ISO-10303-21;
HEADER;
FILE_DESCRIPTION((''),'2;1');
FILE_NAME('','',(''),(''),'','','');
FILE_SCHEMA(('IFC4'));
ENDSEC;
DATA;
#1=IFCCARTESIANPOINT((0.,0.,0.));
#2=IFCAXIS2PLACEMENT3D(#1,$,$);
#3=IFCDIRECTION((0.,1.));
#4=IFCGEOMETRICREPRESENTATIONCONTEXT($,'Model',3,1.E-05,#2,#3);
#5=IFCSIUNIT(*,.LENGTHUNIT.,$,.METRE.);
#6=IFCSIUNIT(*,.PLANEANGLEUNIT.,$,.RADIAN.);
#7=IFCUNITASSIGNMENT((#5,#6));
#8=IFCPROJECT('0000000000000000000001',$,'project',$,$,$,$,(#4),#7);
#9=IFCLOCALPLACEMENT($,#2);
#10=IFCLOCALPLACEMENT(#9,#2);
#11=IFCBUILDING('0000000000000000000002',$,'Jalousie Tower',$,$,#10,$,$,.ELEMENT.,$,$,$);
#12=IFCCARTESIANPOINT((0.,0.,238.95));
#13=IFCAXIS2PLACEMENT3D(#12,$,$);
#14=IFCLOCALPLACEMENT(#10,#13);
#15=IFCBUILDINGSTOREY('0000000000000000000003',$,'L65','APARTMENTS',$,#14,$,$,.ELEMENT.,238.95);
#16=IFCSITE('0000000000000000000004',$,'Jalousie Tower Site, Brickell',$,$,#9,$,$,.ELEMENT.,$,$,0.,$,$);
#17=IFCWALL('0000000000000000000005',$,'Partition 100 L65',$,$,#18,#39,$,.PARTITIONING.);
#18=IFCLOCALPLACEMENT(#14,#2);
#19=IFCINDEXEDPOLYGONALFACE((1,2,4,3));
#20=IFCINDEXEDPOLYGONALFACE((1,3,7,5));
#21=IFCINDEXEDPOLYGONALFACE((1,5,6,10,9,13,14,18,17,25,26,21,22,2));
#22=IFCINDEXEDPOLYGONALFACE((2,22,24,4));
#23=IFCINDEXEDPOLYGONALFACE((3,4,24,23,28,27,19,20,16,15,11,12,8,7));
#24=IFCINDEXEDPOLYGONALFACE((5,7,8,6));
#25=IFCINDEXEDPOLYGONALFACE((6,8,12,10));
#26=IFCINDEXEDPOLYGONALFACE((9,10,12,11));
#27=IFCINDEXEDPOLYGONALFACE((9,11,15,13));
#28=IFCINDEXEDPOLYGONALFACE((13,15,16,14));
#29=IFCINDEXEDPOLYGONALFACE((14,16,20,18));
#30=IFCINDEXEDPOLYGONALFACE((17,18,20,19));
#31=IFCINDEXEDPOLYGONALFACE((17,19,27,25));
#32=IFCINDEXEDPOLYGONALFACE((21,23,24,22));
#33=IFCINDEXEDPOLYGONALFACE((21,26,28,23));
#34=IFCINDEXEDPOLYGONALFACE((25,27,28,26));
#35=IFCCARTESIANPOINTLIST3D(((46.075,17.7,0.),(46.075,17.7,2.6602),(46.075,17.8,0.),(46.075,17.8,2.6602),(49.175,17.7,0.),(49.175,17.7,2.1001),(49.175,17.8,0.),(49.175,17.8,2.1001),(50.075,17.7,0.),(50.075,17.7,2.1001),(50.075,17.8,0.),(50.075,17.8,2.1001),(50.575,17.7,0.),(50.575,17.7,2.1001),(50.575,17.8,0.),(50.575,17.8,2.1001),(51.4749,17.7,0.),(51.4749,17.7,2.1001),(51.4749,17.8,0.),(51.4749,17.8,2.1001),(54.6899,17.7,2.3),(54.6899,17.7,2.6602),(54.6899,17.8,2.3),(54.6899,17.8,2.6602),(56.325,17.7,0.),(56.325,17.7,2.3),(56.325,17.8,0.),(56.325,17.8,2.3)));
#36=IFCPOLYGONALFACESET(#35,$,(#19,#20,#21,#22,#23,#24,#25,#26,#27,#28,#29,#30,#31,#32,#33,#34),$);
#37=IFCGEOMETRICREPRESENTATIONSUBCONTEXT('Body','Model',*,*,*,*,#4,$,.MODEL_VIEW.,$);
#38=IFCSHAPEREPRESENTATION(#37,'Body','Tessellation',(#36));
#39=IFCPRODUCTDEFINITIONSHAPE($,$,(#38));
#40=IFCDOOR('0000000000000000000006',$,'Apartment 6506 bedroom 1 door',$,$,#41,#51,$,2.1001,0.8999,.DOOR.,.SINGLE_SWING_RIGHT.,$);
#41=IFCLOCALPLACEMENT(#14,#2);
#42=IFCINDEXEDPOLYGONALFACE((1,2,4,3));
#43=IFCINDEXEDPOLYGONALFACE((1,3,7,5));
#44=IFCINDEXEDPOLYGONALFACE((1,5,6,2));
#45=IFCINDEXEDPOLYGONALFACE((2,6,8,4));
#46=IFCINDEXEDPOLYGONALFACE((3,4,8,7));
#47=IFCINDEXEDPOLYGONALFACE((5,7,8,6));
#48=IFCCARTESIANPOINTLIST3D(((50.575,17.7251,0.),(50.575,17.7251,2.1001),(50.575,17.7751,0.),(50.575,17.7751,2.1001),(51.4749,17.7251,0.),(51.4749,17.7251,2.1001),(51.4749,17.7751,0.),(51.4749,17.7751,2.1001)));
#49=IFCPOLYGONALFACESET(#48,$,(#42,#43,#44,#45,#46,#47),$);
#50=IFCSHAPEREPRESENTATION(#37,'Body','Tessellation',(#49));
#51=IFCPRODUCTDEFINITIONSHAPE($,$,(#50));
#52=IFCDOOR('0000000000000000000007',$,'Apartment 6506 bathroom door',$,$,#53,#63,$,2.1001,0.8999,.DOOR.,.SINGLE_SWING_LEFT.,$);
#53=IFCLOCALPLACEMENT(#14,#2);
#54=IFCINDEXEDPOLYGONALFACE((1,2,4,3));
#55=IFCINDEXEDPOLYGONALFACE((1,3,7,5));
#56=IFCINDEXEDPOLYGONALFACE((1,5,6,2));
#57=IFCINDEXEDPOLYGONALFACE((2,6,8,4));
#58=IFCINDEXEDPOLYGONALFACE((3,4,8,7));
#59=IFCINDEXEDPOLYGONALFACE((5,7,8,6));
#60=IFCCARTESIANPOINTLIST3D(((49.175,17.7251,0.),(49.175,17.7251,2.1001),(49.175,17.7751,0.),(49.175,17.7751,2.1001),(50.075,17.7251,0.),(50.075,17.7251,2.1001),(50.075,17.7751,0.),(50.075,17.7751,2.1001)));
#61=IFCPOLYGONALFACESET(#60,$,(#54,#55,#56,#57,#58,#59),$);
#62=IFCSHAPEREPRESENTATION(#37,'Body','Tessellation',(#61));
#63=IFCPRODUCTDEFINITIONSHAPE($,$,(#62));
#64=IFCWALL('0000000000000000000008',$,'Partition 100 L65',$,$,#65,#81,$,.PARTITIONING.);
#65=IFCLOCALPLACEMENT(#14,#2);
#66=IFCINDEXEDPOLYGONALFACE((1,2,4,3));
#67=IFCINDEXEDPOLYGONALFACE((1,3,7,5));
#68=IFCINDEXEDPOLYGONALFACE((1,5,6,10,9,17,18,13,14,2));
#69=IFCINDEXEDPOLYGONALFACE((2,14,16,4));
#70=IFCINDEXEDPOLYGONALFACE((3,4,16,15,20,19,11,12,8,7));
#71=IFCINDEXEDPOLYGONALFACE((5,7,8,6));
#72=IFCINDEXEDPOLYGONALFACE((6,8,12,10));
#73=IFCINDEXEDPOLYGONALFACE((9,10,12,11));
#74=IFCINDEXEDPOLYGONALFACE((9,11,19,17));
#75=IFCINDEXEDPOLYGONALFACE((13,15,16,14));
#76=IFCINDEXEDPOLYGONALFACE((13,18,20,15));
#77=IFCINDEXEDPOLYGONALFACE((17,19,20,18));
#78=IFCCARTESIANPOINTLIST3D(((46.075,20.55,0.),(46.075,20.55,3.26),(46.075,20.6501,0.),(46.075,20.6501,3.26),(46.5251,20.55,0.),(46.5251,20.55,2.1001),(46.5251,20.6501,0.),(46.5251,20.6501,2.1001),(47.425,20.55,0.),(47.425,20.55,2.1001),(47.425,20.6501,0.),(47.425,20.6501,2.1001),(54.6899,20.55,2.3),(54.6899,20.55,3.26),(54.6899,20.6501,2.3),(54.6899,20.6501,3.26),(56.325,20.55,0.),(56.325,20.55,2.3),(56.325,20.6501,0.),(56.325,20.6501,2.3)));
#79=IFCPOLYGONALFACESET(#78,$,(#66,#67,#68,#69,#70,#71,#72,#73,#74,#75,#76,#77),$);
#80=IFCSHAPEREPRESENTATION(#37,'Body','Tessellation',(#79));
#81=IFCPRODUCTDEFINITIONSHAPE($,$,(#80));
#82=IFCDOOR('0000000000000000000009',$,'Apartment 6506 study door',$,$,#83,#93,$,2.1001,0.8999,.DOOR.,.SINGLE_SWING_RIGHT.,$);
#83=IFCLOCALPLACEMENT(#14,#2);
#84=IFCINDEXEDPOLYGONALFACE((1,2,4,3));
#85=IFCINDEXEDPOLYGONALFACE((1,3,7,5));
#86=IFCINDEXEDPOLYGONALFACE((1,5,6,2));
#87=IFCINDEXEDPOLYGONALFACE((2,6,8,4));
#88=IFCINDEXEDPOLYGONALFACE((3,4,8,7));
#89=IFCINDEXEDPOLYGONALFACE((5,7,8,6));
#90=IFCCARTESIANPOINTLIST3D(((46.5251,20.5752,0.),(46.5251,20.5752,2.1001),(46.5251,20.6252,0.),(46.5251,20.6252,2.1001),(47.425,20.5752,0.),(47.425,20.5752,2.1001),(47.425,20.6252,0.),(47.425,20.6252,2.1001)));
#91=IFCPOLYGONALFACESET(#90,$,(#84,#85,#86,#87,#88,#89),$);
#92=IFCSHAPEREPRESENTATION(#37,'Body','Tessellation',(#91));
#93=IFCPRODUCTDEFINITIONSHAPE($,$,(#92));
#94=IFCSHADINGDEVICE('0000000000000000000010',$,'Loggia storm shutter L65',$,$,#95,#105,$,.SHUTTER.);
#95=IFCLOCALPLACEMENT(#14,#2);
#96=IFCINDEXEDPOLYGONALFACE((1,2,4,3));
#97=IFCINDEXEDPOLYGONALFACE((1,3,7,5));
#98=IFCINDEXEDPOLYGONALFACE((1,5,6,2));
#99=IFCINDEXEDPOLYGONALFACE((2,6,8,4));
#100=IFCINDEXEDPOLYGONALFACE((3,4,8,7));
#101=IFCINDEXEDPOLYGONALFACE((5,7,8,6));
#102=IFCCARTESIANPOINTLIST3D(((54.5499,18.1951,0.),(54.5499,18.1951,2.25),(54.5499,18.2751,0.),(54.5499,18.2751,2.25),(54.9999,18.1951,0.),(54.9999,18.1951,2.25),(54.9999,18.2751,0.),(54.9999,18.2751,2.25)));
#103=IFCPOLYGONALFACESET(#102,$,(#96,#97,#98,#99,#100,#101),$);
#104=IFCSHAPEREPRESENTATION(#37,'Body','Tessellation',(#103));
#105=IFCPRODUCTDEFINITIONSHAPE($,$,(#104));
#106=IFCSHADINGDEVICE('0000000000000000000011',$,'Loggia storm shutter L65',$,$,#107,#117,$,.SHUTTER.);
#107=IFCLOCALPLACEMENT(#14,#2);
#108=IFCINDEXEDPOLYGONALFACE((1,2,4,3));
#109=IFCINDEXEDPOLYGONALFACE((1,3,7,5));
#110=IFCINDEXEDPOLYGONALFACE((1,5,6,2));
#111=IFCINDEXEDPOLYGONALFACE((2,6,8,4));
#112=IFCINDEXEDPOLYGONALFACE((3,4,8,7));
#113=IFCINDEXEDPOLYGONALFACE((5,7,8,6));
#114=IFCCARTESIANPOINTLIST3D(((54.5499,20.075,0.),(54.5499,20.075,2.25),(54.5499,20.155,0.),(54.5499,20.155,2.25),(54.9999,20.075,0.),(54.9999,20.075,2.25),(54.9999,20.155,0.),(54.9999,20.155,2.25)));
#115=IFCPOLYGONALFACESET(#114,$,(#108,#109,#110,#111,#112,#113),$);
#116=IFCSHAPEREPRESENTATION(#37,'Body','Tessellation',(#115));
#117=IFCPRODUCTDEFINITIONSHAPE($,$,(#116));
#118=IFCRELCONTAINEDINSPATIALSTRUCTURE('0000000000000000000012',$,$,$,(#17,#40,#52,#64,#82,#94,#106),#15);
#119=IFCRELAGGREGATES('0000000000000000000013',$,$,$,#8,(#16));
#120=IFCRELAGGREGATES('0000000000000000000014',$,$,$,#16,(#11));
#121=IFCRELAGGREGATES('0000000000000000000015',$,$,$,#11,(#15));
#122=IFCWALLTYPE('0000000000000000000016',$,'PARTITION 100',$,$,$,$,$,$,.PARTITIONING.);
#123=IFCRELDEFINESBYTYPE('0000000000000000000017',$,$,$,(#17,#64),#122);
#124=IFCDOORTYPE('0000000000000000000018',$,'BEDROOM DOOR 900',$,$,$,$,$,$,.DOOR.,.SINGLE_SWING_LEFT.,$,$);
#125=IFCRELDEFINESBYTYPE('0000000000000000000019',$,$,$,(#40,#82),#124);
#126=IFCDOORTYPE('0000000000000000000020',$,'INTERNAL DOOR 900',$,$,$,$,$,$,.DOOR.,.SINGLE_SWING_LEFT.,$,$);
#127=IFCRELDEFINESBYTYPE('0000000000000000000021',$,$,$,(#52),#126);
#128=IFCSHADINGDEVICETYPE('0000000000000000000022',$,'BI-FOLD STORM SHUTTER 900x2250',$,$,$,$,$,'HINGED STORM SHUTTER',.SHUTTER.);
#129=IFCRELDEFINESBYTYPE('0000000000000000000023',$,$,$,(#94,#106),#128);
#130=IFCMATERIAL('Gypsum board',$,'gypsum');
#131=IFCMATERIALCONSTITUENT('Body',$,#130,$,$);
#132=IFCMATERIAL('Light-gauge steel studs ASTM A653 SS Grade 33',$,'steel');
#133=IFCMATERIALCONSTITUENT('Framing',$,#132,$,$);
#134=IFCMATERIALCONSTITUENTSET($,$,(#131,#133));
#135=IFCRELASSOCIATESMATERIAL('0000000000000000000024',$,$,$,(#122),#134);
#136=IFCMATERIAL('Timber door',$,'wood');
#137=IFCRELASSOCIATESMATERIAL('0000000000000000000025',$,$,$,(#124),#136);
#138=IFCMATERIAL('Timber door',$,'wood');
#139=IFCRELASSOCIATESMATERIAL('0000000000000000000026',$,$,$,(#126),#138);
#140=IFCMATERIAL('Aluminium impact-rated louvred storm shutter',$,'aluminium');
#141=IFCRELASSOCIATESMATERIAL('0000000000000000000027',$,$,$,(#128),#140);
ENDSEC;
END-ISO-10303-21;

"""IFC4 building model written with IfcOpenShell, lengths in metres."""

from ifc_helpers import new_model, si_unit, direction, frame, frame_2d, origin, origin_2d, place, context, subcontext, project, spatial, polyline, rectangle, outline, extrude, material, constituent, constituent_set, type_object, element, fill, save


model = new_model("IFC4")

# Units and contexts
model_context = context("Model", 3, precision=1e-05, world=origin(), true_north=direction((0.0, 1.0)))
body_context = subcontext(model_context, "Body", "Model", "MODEL_VIEW")
ifc_project = project(units=[si_unit("LENGTHUNIT", "METRE"), si_unit("PLANEANGLEUNIT", "RADIAN")], contexts=[model_context])

# Site, building, storey
site_placement = place(None, origin())
site = spatial("IfcSite", under=ifc_project, at=site_placement, Name="Jalousie Tower Site, Brickell", CompositionType="ELEMENT", RefElevation=0.0)
building_placement = place(site_placement, origin())
building = spatial("IfcBuilding", under=site, at=building_placement, Name="Jalousie Tower", CompositionType="ELEMENT")
storey_placement = place(building_placement, frame((0.0, 0.0, 238.95)))
storey = spatial("IfcBuildingStorey", under=building, at=storey_placement, Name="L65", Description="APARTMENTS", CompositionType="ELEMENT", Elevation=238.95)

# Wall, openings, doors
ifc_material_1 = material(Name="Gypsum board", Category="gypsum")
ifc_constituent_1 = constituent(ifc_material_1, Name="Body")
ifc_material_2 = material(Name="Light-gauge steel studs ASTM A653 SS Grade 33", Category="steel")
ifc_constituent_2 = constituent(ifc_material_2, Name="Framing")
ifc_constituent_set_1 = constituent_set(constituents=[ifc_constituent_1, ifc_constituent_2])
wall_type_1 = type_object("IfcWallType", Name="PARTITION 100", PredefinedType="PARTITIONING", material=ifc_constituent_set_1)
wall_1_placement = place(storey_placement, frame((56.325, 17.75, 0.0), z_axis=(0.0, 0.0, 1.0), x_axis=(-1.0, 0.0, 0.0)))
wall_1 = element("IfcWall", 1, at=wall_1_placement, inside=storey, type_object=wall_type_1, Name="Partition 100 L65", PredefinedType="PARTITIONING", context=body_context, shape_type="SweptSolid", body=[
    extrude(outline(polyline([(0.0, 0.0), (10.25, 0.0), (10.25, 3.26), (10.25, 2.6602), (1.635, 2.6602), (1.635, 2.3), (0.0, 2.3), (0.0, 3.26), (0.0, 0.0)])), frame((0.0, 0.05, 0.0), z_axis=(0.0, -1.0, 0.0), x_axis=(1.0, 0.0, 0.0)), (0.0, 0.0, 1.0), 0.1001),
])
opening_1_placement = place(wall_1_placement, frame((4.8501, 0.0, 0.0)))
opening_1 = element("IfcOpeningElement", 2, at=opening_1_placement, cuts=wall_1, PredefinedType="OPENING", context=body_context, shape_type="SweptSolid", body=[
    extrude(rectangle(XDim=0.8999, YDim=2.1001, at=frame_2d((0.45, 1.05))), frame((0.0, 0.0601, 0.0), z_axis=(0.0, -1.0, 0.0), x_axis=(1.0, 0.0, 0.0)), (0.0, 0.0, 1.0), 0.1201),
])
opening_2_placement = place(wall_1_placement, frame((6.25, 0.0, 0.0)))
opening_2 = element("IfcOpeningElement", 3, at=opening_2_placement, cuts=wall_1, PredefinedType="OPENING", context=body_context, shape_type="SweptSolid", body=[
    extrude(rectangle(XDim=0.8999, YDim=2.1001, at=frame_2d((0.45, 1.05))), frame((0.0, 0.0601, 0.0), z_axis=(0.0, -1.0, 0.0), x_axis=(1.0, 0.0, 0.0)), (0.0, 0.0, 1.0), 0.1201),
])
ifc_material_3 = material(Name="Timber door", Category="wood")
door_type_1 = type_object("IfcDoorType", Name="BEDROOM DOOR 900", OperationType="SINGLE_SWING_LEFT", PredefinedType="DOOR", material=ifc_material_3)
door_1_placement = place(opening_1_placement, origin())
door_1 = element("IfcDoor", 4, at=door_1_placement, inside=storey, type_object=door_type_1, Name="Apartment 6506 bedroom 1 door", OperationType="SINGLE_SWING_RIGHT", OverallHeight=2.1001, OverallWidth=0.8999, PredefinedType="DOOR", context=body_context, shape_type="SweptSolid", body=[
    extrude(rectangle(XDim=0.8999, YDim=2.1001, at=frame_2d((0.45, 1.05))), frame((0.0, 0.0249, 0.0), z_axis=(0.0, -1.0, 0.0), x_axis=(1.0, 0.0, 0.0)), (0.0, 0.0, 1.0), 0.05),
])
fill(opening_1, door_1)
ifc_material_4 = material(Name="Timber door", Category="wood")
door_type_2 = type_object("IfcDoorType", Name="INTERNAL DOOR 900", OperationType="SINGLE_SWING_LEFT", PredefinedType="DOOR", material=ifc_material_4)
door_2_placement = place(opening_2_placement, origin())
door_2 = element("IfcDoor", 5, at=door_2_placement, inside=storey, type_object=door_type_2, Name="Apartment 6506 bathroom door", OperationType="SINGLE_SWING_LEFT", OverallHeight=2.1001, OverallWidth=0.8999, PredefinedType="DOOR", context=body_context, shape_type="SweptSolid", body=[
    extrude(rectangle(XDim=0.8999, YDim=2.1001, at=frame_2d((0.45, 1.05))), frame((0.0, 0.0249, 0.0), z_axis=(0.0, -1.0, 0.0), x_axis=(1.0, 0.0, 0.0)), (0.0, 0.0, 1.0), 0.05),
])
fill(opening_2, door_2)

# Wall, opening, door
wall_2_placement = place(storey_placement, frame((56.325, 20.6001, 0.0), z_axis=(0.0, 0.0, 1.0), x_axis=(-1.0, 0.0, 0.0)))
wall_2 = element("IfcWall", 6, at=wall_2_placement, inside=storey, type_object=wall_type_1, Name="Partition 100 L65", PredefinedType="PARTITIONING", context=body_context, shape_type="SweptSolid", body=[
    extrude(outline(polyline([(0.0, 0.0), (10.25, 0.0), (10.25, 3.26), (1.635, 3.26), (1.635, 2.3), (0.0, 2.3), (0.0, 3.26), (0.0, 0.0)])), frame((0.0, 0.05, 0.0), z_axis=(0.0, -1.0, 0.0), x_axis=(1.0, 0.0, 0.0)), (0.0, 0.0, 1.0), 0.1001),
])
opening_3_placement = place(wall_2_placement, frame((8.8999, 0.0, 0.0)))
opening_3 = element("IfcOpeningElement", 7, at=opening_3_placement, cuts=wall_2, PredefinedType="OPENING", context=body_context, shape_type="SweptSolid", body=[
    extrude(rectangle(XDim=0.8999, YDim=2.1001, at=frame_2d((0.45, 1.05))), frame((0.0, 0.0601, 0.0), z_axis=(0.0, -1.0, 0.0), x_axis=(1.0, 0.0, 0.0)), (0.0, 0.0, 1.0), 0.1201),
])
door_3_placement = place(opening_3_placement, origin())
door_3 = element("IfcDoor", 8, at=door_3_placement, inside=storey, type_object=door_type_1, Name="Apartment 6506 study door", OperationType="SINGLE_SWING_RIGHT", OverallHeight=2.1001, OverallWidth=0.8999, PredefinedType="DOOR", context=body_context, shape_type="SweptSolid", body=[
    extrude(rectangle(XDim=0.8999, YDim=2.1001, at=frame_2d((0.45, 1.05))), frame((0.0, 0.0249, 0.0), z_axis=(0.0, -1.0, 0.0), x_axis=(1.0, 0.0, 0.0)), (0.0, 0.0, 1.0), 0.05),
])
fill(opening_3, door_3)

# Shading devices
ifc_material_5 = material(Name="Aluminium impact-rated louvred storm shutter", Category="aluminium")
shading_device_type_1 = type_object("IfcShadingDeviceType", Name="BI-FOLD STORM SHUTTER 900x2250", ElementType="HINGED STORM SHUTTER", PredefinedType="SHUTTER", material=ifc_material_5)
for number, where, z_axis, x_axis, name in (
    (9, (54.7749, 18.2351, 0.0), (0.0, 0.0, 1.0), (-1.0, 0.0, 0.0), "Loggia storm shutter L65"),
    (10, (54.7749, 20.115, 0.0), (0.0, 0.0, 1.0), (-1.0, 0.0, 0.0), "Loggia storm shutter L65"),
):
    element("IfcShadingDevice", number, at=place(storey_placement, frame(where, z_axis=z_axis, x_axis=x_axis)), inside=storey, type_object=shading_device_type_1, Name=name, PredefinedType="SHUTTER", context=body_context, shape_type="SweptSolid", body=[
        extrude(rectangle(XDim=0.45, YDim=0.0801, at=origin_2d()), origin(), (0.0, 0.0, 1.0), 2.25),
    ])

save(model, "model.ifc")
